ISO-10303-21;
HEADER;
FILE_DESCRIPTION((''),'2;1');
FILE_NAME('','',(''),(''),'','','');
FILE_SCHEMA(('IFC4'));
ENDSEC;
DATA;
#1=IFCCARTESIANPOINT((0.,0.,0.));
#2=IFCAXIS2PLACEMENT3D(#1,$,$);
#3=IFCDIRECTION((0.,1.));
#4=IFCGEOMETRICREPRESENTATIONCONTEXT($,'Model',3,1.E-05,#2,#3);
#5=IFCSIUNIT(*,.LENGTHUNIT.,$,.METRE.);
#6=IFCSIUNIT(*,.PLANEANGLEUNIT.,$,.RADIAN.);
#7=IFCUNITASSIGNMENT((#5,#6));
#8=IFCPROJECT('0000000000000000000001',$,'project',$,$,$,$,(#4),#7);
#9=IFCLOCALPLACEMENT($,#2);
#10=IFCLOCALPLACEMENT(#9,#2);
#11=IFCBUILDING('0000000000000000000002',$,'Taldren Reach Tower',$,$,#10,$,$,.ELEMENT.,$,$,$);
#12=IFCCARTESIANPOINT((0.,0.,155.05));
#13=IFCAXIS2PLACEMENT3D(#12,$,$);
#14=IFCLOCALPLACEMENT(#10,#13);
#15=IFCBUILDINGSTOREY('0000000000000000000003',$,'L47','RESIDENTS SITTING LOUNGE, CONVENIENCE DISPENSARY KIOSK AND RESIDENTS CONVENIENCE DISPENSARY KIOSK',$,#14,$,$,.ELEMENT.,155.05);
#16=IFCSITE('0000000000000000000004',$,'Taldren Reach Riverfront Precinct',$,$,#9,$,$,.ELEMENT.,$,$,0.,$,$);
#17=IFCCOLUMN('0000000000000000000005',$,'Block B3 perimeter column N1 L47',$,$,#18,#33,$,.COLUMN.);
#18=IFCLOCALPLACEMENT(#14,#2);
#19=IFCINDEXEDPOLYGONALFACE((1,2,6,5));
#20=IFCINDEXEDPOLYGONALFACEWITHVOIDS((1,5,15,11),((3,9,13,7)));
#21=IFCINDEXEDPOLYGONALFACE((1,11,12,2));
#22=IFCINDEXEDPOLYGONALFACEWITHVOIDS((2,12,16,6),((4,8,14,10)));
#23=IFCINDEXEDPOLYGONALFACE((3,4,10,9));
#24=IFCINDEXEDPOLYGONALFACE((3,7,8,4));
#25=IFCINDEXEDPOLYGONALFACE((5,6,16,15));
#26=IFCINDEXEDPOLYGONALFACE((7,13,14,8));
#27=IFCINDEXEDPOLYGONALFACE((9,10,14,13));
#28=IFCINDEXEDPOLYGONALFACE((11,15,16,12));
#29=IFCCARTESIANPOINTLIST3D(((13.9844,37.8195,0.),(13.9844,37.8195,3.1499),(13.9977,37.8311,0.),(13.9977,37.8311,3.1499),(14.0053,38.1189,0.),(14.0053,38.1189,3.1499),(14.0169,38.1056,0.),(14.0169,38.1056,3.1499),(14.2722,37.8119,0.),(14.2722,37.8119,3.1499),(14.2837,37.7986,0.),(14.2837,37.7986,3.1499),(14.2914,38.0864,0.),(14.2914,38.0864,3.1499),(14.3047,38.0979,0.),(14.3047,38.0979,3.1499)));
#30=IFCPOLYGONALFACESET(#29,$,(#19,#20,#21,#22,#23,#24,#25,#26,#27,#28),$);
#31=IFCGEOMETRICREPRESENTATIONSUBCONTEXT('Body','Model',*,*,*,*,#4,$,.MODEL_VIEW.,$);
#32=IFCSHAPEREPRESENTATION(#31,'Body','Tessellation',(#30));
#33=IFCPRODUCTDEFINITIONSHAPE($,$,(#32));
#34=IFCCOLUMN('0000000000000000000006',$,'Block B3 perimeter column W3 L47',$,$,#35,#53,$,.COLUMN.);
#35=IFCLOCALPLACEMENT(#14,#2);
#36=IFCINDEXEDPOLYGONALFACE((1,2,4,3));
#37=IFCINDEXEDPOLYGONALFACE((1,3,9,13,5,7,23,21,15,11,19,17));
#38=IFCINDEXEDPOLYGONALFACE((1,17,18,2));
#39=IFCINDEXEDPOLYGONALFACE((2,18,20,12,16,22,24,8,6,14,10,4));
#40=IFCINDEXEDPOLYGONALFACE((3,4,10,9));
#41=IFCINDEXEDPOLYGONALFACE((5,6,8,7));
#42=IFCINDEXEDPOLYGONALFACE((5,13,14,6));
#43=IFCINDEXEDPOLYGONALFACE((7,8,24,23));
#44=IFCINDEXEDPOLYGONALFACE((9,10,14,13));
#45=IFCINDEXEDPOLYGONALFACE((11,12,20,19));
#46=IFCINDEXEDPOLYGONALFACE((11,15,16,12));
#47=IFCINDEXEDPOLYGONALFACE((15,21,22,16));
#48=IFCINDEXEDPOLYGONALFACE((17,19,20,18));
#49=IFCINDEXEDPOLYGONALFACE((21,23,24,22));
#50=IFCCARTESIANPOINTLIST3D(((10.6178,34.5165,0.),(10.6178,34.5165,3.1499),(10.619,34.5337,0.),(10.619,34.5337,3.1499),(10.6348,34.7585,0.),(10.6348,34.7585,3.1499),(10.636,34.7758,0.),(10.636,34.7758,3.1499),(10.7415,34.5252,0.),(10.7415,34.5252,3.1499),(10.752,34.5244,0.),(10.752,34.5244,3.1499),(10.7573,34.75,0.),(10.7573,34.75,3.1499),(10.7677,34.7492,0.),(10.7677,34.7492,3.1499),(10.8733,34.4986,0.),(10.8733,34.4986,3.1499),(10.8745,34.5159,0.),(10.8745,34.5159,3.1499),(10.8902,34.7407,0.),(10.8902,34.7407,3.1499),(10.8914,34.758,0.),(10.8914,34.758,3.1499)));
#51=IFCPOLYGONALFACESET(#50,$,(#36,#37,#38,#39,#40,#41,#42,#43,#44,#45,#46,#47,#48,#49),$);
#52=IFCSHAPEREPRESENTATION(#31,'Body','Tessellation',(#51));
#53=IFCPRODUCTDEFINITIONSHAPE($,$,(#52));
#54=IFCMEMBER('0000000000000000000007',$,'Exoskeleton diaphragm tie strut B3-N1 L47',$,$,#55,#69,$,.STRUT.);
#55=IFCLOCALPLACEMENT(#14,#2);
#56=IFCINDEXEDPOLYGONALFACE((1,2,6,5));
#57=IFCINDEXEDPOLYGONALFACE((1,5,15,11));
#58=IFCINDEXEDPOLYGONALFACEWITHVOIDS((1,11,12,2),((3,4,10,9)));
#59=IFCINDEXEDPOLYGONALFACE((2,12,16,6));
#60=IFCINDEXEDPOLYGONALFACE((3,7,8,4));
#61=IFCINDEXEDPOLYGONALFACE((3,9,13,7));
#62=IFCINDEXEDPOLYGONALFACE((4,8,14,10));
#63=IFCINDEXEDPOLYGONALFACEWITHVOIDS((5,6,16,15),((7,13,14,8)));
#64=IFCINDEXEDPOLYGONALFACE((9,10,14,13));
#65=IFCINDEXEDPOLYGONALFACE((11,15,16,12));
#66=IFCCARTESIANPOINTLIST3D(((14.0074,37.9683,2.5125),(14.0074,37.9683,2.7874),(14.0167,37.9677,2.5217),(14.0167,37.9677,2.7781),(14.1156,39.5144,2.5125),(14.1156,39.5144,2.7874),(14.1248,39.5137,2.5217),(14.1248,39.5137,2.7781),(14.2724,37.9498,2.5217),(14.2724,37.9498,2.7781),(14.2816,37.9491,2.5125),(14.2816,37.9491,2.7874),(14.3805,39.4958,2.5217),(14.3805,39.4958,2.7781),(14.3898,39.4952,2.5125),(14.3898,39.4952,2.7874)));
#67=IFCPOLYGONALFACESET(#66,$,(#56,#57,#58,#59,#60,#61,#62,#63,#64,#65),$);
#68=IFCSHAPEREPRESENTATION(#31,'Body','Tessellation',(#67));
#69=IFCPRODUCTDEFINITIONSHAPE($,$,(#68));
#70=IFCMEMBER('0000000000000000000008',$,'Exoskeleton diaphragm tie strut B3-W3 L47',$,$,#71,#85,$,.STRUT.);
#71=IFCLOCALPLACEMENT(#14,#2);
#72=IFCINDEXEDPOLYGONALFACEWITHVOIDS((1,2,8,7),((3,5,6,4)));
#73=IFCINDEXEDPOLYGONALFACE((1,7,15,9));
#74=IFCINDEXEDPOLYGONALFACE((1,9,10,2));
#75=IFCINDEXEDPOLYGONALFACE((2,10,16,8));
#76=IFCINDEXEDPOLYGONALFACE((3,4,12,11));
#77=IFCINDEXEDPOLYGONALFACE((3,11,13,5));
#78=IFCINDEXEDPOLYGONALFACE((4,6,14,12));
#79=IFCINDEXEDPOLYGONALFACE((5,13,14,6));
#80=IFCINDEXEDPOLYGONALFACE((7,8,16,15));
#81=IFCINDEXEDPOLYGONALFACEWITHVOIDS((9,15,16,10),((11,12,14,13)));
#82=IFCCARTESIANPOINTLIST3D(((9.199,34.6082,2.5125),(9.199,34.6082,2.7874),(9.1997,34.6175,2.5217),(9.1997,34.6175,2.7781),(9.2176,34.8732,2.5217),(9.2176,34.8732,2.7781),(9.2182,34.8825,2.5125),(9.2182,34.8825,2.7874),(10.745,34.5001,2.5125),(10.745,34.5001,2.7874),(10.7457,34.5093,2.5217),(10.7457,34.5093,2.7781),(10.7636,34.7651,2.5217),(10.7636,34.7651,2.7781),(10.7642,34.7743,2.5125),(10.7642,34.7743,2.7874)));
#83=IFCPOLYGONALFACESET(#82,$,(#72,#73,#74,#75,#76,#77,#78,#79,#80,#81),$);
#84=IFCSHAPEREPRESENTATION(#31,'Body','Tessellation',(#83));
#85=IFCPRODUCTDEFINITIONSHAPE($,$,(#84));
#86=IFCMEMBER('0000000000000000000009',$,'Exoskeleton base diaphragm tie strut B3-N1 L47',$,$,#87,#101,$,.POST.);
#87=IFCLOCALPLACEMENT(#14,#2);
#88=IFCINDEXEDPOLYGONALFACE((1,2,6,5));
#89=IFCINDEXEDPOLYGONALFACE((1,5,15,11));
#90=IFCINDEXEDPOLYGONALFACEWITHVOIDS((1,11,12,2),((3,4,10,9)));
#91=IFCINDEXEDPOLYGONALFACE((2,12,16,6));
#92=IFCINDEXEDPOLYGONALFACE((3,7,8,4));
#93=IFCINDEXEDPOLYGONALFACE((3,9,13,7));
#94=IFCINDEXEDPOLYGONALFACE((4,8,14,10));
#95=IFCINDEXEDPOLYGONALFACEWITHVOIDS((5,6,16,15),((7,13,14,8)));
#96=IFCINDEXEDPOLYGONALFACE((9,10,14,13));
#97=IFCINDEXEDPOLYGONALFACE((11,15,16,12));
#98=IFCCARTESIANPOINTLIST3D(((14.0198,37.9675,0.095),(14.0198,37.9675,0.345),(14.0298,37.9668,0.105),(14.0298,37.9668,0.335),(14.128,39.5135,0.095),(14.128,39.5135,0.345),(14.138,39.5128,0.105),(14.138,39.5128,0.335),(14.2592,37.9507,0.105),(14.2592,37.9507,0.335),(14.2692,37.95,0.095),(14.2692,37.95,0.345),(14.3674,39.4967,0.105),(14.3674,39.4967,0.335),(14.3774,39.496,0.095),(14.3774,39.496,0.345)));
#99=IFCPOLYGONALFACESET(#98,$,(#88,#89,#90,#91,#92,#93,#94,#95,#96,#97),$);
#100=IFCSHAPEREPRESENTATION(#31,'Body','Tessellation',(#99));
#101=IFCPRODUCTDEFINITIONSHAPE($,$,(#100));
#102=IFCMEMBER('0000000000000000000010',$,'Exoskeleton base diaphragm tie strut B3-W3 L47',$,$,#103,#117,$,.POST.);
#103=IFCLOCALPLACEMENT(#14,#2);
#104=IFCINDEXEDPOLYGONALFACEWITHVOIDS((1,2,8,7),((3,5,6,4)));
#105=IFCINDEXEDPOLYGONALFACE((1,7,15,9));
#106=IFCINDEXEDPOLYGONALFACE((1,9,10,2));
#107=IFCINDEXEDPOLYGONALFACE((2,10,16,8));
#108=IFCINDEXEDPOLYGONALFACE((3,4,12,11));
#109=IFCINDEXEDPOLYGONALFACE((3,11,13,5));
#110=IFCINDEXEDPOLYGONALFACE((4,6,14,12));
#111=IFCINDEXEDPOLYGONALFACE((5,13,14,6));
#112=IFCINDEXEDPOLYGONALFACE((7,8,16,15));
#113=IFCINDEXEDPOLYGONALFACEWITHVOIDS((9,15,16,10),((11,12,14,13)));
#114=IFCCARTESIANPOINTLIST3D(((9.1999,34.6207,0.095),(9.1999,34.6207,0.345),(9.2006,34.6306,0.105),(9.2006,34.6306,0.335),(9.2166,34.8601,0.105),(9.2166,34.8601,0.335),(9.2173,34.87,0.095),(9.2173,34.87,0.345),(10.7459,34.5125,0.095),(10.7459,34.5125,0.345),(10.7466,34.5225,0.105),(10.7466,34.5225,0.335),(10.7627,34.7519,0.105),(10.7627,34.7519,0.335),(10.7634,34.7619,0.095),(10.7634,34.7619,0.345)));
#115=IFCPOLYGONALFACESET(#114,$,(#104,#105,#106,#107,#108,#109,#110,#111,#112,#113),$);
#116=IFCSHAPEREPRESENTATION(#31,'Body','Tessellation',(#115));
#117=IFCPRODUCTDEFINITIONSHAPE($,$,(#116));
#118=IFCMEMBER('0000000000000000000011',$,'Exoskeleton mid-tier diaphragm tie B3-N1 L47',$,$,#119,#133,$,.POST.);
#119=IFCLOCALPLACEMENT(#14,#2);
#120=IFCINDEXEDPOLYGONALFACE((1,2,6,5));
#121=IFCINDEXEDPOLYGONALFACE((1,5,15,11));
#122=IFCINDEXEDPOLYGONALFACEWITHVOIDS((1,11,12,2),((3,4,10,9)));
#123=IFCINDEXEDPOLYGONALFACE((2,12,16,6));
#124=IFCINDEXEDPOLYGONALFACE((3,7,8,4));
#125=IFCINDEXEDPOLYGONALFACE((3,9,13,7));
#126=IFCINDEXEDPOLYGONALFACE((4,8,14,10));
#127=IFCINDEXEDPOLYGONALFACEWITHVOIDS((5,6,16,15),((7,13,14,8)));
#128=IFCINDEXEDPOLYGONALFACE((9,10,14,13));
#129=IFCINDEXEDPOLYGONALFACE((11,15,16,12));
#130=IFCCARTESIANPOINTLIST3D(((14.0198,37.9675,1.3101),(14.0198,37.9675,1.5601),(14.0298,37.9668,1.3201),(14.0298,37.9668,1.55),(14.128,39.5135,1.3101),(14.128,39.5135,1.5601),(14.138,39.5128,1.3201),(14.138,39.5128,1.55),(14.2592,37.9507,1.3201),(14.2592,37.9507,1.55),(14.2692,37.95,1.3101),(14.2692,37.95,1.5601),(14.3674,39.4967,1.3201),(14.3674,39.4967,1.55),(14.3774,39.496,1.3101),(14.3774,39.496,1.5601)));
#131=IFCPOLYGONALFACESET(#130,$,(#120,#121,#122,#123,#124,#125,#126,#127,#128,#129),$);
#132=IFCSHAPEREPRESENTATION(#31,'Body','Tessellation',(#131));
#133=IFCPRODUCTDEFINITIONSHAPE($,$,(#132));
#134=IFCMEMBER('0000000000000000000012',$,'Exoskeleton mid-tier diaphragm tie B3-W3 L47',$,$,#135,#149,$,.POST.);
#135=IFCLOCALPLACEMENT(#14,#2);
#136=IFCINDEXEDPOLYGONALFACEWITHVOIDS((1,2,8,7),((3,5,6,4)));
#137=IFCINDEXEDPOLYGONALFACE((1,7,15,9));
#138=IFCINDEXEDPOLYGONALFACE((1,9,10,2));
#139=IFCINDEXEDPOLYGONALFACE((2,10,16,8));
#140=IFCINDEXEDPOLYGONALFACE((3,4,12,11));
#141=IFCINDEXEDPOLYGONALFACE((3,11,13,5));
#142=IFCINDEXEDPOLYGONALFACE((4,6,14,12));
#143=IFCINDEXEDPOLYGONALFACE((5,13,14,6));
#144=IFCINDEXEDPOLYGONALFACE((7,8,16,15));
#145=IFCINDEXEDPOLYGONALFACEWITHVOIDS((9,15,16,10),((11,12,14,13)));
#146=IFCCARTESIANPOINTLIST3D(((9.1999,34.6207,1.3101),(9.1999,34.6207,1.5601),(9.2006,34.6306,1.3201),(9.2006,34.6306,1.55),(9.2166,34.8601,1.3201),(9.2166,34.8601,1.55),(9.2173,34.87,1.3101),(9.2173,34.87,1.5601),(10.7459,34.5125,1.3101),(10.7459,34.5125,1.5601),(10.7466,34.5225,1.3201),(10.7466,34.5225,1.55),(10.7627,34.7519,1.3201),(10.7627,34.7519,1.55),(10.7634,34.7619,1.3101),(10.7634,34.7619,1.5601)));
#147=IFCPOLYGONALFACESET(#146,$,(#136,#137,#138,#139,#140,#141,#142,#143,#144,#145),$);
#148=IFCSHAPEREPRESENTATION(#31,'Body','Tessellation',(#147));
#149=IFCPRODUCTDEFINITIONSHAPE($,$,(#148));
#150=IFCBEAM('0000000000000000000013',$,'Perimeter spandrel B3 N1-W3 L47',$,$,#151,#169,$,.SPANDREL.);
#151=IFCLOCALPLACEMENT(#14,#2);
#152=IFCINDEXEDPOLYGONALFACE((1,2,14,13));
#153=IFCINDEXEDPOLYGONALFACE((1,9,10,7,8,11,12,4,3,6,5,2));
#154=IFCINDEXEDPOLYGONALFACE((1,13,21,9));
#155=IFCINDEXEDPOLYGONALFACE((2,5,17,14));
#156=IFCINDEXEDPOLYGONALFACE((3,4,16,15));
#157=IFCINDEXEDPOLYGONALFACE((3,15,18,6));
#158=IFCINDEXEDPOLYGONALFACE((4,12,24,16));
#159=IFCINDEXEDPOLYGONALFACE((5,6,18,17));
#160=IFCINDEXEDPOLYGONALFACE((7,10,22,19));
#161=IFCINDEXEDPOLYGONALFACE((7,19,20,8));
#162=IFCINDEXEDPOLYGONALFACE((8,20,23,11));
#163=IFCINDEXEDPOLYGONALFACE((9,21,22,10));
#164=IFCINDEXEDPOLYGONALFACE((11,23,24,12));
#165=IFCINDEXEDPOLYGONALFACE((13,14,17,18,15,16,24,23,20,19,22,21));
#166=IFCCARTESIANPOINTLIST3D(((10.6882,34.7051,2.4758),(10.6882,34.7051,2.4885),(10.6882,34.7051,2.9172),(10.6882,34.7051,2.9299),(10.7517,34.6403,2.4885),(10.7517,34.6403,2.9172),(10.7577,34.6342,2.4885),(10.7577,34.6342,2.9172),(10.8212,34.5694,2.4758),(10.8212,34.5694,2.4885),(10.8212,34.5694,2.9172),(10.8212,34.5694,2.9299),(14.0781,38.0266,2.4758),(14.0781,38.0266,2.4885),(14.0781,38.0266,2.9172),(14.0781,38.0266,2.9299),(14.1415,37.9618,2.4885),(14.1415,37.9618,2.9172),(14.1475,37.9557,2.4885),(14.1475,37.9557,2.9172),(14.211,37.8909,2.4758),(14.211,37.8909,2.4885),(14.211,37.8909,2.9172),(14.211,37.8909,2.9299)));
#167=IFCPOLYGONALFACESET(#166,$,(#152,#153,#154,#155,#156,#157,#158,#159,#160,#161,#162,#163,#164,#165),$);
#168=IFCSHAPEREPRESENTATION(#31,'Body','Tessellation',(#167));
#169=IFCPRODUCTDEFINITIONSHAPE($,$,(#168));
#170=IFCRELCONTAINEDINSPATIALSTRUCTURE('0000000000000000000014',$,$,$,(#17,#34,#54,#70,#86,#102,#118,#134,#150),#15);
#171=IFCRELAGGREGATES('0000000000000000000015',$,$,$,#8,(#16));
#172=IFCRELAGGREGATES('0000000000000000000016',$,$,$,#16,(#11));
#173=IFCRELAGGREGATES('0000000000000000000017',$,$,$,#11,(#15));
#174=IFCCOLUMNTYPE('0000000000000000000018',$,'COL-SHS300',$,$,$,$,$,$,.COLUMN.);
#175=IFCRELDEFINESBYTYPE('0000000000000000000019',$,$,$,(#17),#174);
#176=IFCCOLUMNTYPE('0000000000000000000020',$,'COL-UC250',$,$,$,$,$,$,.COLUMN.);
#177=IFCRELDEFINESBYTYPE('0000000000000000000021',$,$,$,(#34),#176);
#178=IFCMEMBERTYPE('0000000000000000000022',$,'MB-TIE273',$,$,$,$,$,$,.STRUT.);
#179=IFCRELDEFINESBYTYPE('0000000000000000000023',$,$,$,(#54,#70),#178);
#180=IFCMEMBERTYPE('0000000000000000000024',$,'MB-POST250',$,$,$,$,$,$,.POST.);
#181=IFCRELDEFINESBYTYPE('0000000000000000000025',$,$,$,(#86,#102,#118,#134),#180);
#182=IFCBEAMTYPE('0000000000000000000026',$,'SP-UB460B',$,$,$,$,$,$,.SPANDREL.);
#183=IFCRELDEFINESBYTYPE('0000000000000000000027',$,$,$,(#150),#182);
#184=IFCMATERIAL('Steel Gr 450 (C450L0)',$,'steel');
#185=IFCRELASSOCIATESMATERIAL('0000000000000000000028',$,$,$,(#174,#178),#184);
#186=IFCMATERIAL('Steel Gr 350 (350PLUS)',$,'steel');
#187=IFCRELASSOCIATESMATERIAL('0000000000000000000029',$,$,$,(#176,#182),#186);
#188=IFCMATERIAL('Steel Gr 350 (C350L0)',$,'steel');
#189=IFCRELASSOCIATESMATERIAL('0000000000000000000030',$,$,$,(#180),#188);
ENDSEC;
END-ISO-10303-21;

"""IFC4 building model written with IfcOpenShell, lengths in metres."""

from ifc_helpers import new_model, si_unit, direction, frame, origin, origin_2d, place, context, subcontext, project, spatial, hollow_rectangle, i_section, extrude, source, transform, mapped, material, material_profile, profile_set, type_object, element, save


model = new_model("IFC4")

# Units and contexts
model_context = context("Model", 3, precision=1e-05, world=origin(), true_north=direction((0.0, 1.0)))
body_context = subcontext(model_context, "Body", "Model", "MODEL_VIEW")
ifc_project = project(units=[si_unit("LENGTHUNIT", "METRE"), si_unit("PLANEANGLEUNIT", "RADIAN")], contexts=[model_context])

# Site, building, storey
site_placement = place(None, origin())
site = spatial("IfcSite", under=ifc_project, at=site_placement, Name="Taldren Reach Riverfront Precinct", CompositionType="ELEMENT", RefElevation=0.0)
building_placement = place(site_placement, origin())
building = spatial("IfcBuilding", under=site, at=building_placement, Name="Taldren Reach Tower", CompositionType="ELEMENT")
storey_placement = place(building_placement, frame((0.0, 0.0, 155.05)))
storey = spatial("IfcBuildingStorey", under=building, at=storey_placement, Name="L47", Description="RESIDENTS SITTING LOUNGE, CONVENIENCE DISPENSARY KIOSK AND RESIDENTS CONVENIENCE DISPENSARY KIOSK", CompositionType="ELEMENT", Elevation=155.05)

# Columns
ifc_material_1 = material(Name="Steel Gr 450 (C450L0)", Category="steel")
ifc_material_profile_1 = material_profile(ifc_material_1, hollow_rectangle(XDim=0.3, YDim=0.3, WallThickness=0.0125, at=origin_2d()), Name="300x300x12.5SHS")
ifc_profile_set_1 = profile_set([ifc_material_profile_1], Name="Steel Gr 450 (C450L0)")
column_type_1 = type_object("IfcColumnType", Name="COL-SHS300", PredefinedType="COLUMN", material=ifc_profile_set_1)
shared_shape_1 = source(origin(), body_context, "Body", "SweptSolid", [
    extrude(hollow_rectangle(XDim=0.3, YDim=0.3, WallThickness=0.0125, at=origin_2d()), origin(), (0.0, 0.0, 1.0), 3.1499),
])
column_1_placement = place(storey_placement, frame((14.1445, 37.9587, 0.0), z_axis=(0.0, 0.0, 1.0), x_axis=(0.997564, -0.069756, 0.0)))
element("IfcColumn", 1, at=column_1_placement, inside=storey, type_object=column_type_1, Name="Block B3 perimeter column N1 L47", PredefinedType="COLUMN", context=body_context, shape_type="MappedRepresentation", body=[
    mapped(shared_shape_1, transform((0.0, 0.0, 0.0), scale=1.0)),
])
ifc_material_2 = material(Name="Steel Gr 350 (350PLUS)", Category="steel")
ifc_material_profile_2 = material_profile(ifc_material_2, i_section(OverallWidth=0.2561, OverallDepth=0.26, WebThickness=0.0105, FlangeThickness=0.0173, at=origin_2d()), Name="250UC89.5")
ifc_profile_set_2 = profile_set([ifc_material_profile_2], Name="Steel Gr 350 (350PLUS)")
column_type_2 = type_object("IfcColumnType", Name="COL-UC250", PredefinedType="COLUMN", material=ifc_profile_set_2)
shared_shape_2 = source(origin(), body_context, "Body", "SweptSolid", [
    extrude(i_section(OverallWidth=0.2561, OverallDepth=0.26, WebThickness=0.0105, FlangeThickness=0.0173, at=origin_2d()), origin(), (0.0, 0.0, 1.0), 3.1499),
])
column_2_placement = place(storey_placement, frame((10.7546, 34.6372, 0.0), z_axis=(0.0, 0.0, 1.0), x_axis=(0.997564, -0.069756, 0.0)))
element("IfcColumn", 2, at=column_2_placement, inside=storey, type_object=column_type_2, Name="Block B3 perimeter column W3 L47", PredefinedType="COLUMN", context=body_context, shape_type="MappedRepresentation", body=[
    mapped(shared_shape_2, transform((0.0, 0.0, 0.0), scale=1.0)),
])

# Members
ifc_material_profile_3 = material_profile(ifc_material_1, hollow_rectangle(XDim=0.2749, YDim=0.2749, WallThickness=0.0093, at=origin_2d()), Name="275x275x9.3SHS")
ifc_profile_set_3 = profile_set([ifc_material_profile_3], Name="Steel Gr 450 (C450L0)")
member_type_1 = type_object("IfcMemberType", Name="MB-TIE273", PredefinedType="STRUT", material=ifc_profile_set_3)
shared_shape_3 = source(origin(), body_context, "Body", "SweptSolid", [
    extrude(hollow_rectangle(XDim=0.2749, YDim=0.2749, WallThickness=0.0093, at=origin_2d()), origin(), (0.0, 0.0, 1.0), 1.5498),
])
for number, where, z_axis, x_axis, name in (
    (3, (14.1445, 37.9587, 2.6499), (0.069781, 0.997562, 0.0), (-0.997562, 0.069781, 0.0), "Exoskeleton diaphragm tie strut B3-N1 L47"),
    (4, (10.7546, 34.6372, 2.6499), (-0.997562, 0.069781, 0.0), (-0.069781, -0.997562, 0.0), "Exoskeleton diaphragm tie strut B3-W3 L47"),
):
    element("IfcMember", number, at=place(storey_placement, frame(where, z_axis=z_axis, x_axis=x_axis)), inside=storey, type_object=member_type_1, Name=name, PredefinedType="STRUT", context=body_context, shape_type="MappedRepresentation", body=[
        mapped(shared_shape_3, transform((0.0, 0.0, 0.0), scale=1.0)),
    ])
ifc_material_3 = material(Name="Steel Gr 350 (C350L0)", Category="steel")
ifc_material_profile_4 = material_profile(ifc_material_3, hollow_rectangle(XDim=0.25, YDim=0.25, WallThickness=0.01, at=origin_2d()), Name="250x250x10.0SHS")
ifc_profile_set_4 = profile_set([ifc_material_profile_4], Name="Steel Gr 350 (C350L0)")
member_type_2 = type_object("IfcMemberType", Name="MB-POST250", PredefinedType="POST", material=ifc_profile_set_4)
shared_shape_4 = source(origin(), body_context, "Body", "SweptSolid", [
    extrude(hollow_rectangle(XDim=0.25, YDim=0.25, WallThickness=0.01, at=origin_2d()), origin(), (0.0, 0.0, 1.0), 1.5498),
])
for number, where, z_axis, x_axis, name in (
    (5, (14.1445, 37.9587, 0.22), (0.069781, 0.997562, 0.0), (-0.997562, 0.069781, 0.0), "Exoskeleton base diaphragm tie strut B3-N1 L47"),
    (6, (10.7546, 34.6372, 0.22), (-0.997562, 0.069781, 0.0), (-0.069781, -0.997562, 0.0), "Exoskeleton base diaphragm tie strut B3-W3 L47"),
    (7, (14.1445, 37.9587, 1.4351), (0.069781, 0.997562, 0.0), (-0.997562, 0.069781, 0.0), "Exoskeleton mid-tier diaphragm tie B3-N1 L47"),
    (8, (10.7546, 34.6372, 1.4351), (-0.997562, 0.069781, 0.0), (-0.069781, -0.997562, 0.0), "Exoskeleton mid-tier diaphragm tie B3-W3 L47"),
):
    element("IfcMember", number, at=place(storey_placement, frame(where, z_axis=z_axis, x_axis=x_axis)), inside=storey, type_object=member_type_2, Name=name, PredefinedType="POST", context=body_context, shape_type="MappedRepresentation", body=[
        mapped(shared_shape_4, transform((0.0, 0.0, 0.0), scale=1.0)),
    ])

# Beam
ifc_material_profile_5 = material_profile(ifc_material_2, i_section(OverallWidth=0.1899, OverallDepth=0.4541, WebThickness=0.0085, FlangeThickness=0.0127, at=origin_2d()), Name="460UB67.1")
ifc_profile_set_5 = profile_set([ifc_material_profile_5], Name="Steel Gr 350 (350PLUS)")
beam_type_1 = type_object("IfcBeamType", Name="SP-UB460B", PredefinedType="SPANDREL", material=ifc_profile_set_5)
shared_shape_5 = source(origin(), body_context, "Body", "SweptSolid", [
    extrude(i_section(OverallWidth=0.1899, OverallDepth=0.4541, WebThickness=0.0085, FlangeThickness=0.0127, at=origin_2d()), origin(), (0.0, 0.0, 1.0), 4.7458),
])
beam_1_placement = place(storey_placement, frame((14.1445, 37.9587, 2.7029), z_axis=(-0.714272, -0.699868, 0.0), x_axis=(0.699868, -0.714272, 0.0)))
element("IfcBeam", 9, at=beam_1_placement, inside=storey, type_object=beam_type_1, Name="Perimeter spandrel B3 N1-W3 L47", PredefinedType="SPANDREL", context=body_context, shape_type="MappedRepresentation", body=[
    mapped(shared_shape_5, transform((0.0, 0.0, 0.0), scale=1.0)),
])

save(model, "model.ifc")
